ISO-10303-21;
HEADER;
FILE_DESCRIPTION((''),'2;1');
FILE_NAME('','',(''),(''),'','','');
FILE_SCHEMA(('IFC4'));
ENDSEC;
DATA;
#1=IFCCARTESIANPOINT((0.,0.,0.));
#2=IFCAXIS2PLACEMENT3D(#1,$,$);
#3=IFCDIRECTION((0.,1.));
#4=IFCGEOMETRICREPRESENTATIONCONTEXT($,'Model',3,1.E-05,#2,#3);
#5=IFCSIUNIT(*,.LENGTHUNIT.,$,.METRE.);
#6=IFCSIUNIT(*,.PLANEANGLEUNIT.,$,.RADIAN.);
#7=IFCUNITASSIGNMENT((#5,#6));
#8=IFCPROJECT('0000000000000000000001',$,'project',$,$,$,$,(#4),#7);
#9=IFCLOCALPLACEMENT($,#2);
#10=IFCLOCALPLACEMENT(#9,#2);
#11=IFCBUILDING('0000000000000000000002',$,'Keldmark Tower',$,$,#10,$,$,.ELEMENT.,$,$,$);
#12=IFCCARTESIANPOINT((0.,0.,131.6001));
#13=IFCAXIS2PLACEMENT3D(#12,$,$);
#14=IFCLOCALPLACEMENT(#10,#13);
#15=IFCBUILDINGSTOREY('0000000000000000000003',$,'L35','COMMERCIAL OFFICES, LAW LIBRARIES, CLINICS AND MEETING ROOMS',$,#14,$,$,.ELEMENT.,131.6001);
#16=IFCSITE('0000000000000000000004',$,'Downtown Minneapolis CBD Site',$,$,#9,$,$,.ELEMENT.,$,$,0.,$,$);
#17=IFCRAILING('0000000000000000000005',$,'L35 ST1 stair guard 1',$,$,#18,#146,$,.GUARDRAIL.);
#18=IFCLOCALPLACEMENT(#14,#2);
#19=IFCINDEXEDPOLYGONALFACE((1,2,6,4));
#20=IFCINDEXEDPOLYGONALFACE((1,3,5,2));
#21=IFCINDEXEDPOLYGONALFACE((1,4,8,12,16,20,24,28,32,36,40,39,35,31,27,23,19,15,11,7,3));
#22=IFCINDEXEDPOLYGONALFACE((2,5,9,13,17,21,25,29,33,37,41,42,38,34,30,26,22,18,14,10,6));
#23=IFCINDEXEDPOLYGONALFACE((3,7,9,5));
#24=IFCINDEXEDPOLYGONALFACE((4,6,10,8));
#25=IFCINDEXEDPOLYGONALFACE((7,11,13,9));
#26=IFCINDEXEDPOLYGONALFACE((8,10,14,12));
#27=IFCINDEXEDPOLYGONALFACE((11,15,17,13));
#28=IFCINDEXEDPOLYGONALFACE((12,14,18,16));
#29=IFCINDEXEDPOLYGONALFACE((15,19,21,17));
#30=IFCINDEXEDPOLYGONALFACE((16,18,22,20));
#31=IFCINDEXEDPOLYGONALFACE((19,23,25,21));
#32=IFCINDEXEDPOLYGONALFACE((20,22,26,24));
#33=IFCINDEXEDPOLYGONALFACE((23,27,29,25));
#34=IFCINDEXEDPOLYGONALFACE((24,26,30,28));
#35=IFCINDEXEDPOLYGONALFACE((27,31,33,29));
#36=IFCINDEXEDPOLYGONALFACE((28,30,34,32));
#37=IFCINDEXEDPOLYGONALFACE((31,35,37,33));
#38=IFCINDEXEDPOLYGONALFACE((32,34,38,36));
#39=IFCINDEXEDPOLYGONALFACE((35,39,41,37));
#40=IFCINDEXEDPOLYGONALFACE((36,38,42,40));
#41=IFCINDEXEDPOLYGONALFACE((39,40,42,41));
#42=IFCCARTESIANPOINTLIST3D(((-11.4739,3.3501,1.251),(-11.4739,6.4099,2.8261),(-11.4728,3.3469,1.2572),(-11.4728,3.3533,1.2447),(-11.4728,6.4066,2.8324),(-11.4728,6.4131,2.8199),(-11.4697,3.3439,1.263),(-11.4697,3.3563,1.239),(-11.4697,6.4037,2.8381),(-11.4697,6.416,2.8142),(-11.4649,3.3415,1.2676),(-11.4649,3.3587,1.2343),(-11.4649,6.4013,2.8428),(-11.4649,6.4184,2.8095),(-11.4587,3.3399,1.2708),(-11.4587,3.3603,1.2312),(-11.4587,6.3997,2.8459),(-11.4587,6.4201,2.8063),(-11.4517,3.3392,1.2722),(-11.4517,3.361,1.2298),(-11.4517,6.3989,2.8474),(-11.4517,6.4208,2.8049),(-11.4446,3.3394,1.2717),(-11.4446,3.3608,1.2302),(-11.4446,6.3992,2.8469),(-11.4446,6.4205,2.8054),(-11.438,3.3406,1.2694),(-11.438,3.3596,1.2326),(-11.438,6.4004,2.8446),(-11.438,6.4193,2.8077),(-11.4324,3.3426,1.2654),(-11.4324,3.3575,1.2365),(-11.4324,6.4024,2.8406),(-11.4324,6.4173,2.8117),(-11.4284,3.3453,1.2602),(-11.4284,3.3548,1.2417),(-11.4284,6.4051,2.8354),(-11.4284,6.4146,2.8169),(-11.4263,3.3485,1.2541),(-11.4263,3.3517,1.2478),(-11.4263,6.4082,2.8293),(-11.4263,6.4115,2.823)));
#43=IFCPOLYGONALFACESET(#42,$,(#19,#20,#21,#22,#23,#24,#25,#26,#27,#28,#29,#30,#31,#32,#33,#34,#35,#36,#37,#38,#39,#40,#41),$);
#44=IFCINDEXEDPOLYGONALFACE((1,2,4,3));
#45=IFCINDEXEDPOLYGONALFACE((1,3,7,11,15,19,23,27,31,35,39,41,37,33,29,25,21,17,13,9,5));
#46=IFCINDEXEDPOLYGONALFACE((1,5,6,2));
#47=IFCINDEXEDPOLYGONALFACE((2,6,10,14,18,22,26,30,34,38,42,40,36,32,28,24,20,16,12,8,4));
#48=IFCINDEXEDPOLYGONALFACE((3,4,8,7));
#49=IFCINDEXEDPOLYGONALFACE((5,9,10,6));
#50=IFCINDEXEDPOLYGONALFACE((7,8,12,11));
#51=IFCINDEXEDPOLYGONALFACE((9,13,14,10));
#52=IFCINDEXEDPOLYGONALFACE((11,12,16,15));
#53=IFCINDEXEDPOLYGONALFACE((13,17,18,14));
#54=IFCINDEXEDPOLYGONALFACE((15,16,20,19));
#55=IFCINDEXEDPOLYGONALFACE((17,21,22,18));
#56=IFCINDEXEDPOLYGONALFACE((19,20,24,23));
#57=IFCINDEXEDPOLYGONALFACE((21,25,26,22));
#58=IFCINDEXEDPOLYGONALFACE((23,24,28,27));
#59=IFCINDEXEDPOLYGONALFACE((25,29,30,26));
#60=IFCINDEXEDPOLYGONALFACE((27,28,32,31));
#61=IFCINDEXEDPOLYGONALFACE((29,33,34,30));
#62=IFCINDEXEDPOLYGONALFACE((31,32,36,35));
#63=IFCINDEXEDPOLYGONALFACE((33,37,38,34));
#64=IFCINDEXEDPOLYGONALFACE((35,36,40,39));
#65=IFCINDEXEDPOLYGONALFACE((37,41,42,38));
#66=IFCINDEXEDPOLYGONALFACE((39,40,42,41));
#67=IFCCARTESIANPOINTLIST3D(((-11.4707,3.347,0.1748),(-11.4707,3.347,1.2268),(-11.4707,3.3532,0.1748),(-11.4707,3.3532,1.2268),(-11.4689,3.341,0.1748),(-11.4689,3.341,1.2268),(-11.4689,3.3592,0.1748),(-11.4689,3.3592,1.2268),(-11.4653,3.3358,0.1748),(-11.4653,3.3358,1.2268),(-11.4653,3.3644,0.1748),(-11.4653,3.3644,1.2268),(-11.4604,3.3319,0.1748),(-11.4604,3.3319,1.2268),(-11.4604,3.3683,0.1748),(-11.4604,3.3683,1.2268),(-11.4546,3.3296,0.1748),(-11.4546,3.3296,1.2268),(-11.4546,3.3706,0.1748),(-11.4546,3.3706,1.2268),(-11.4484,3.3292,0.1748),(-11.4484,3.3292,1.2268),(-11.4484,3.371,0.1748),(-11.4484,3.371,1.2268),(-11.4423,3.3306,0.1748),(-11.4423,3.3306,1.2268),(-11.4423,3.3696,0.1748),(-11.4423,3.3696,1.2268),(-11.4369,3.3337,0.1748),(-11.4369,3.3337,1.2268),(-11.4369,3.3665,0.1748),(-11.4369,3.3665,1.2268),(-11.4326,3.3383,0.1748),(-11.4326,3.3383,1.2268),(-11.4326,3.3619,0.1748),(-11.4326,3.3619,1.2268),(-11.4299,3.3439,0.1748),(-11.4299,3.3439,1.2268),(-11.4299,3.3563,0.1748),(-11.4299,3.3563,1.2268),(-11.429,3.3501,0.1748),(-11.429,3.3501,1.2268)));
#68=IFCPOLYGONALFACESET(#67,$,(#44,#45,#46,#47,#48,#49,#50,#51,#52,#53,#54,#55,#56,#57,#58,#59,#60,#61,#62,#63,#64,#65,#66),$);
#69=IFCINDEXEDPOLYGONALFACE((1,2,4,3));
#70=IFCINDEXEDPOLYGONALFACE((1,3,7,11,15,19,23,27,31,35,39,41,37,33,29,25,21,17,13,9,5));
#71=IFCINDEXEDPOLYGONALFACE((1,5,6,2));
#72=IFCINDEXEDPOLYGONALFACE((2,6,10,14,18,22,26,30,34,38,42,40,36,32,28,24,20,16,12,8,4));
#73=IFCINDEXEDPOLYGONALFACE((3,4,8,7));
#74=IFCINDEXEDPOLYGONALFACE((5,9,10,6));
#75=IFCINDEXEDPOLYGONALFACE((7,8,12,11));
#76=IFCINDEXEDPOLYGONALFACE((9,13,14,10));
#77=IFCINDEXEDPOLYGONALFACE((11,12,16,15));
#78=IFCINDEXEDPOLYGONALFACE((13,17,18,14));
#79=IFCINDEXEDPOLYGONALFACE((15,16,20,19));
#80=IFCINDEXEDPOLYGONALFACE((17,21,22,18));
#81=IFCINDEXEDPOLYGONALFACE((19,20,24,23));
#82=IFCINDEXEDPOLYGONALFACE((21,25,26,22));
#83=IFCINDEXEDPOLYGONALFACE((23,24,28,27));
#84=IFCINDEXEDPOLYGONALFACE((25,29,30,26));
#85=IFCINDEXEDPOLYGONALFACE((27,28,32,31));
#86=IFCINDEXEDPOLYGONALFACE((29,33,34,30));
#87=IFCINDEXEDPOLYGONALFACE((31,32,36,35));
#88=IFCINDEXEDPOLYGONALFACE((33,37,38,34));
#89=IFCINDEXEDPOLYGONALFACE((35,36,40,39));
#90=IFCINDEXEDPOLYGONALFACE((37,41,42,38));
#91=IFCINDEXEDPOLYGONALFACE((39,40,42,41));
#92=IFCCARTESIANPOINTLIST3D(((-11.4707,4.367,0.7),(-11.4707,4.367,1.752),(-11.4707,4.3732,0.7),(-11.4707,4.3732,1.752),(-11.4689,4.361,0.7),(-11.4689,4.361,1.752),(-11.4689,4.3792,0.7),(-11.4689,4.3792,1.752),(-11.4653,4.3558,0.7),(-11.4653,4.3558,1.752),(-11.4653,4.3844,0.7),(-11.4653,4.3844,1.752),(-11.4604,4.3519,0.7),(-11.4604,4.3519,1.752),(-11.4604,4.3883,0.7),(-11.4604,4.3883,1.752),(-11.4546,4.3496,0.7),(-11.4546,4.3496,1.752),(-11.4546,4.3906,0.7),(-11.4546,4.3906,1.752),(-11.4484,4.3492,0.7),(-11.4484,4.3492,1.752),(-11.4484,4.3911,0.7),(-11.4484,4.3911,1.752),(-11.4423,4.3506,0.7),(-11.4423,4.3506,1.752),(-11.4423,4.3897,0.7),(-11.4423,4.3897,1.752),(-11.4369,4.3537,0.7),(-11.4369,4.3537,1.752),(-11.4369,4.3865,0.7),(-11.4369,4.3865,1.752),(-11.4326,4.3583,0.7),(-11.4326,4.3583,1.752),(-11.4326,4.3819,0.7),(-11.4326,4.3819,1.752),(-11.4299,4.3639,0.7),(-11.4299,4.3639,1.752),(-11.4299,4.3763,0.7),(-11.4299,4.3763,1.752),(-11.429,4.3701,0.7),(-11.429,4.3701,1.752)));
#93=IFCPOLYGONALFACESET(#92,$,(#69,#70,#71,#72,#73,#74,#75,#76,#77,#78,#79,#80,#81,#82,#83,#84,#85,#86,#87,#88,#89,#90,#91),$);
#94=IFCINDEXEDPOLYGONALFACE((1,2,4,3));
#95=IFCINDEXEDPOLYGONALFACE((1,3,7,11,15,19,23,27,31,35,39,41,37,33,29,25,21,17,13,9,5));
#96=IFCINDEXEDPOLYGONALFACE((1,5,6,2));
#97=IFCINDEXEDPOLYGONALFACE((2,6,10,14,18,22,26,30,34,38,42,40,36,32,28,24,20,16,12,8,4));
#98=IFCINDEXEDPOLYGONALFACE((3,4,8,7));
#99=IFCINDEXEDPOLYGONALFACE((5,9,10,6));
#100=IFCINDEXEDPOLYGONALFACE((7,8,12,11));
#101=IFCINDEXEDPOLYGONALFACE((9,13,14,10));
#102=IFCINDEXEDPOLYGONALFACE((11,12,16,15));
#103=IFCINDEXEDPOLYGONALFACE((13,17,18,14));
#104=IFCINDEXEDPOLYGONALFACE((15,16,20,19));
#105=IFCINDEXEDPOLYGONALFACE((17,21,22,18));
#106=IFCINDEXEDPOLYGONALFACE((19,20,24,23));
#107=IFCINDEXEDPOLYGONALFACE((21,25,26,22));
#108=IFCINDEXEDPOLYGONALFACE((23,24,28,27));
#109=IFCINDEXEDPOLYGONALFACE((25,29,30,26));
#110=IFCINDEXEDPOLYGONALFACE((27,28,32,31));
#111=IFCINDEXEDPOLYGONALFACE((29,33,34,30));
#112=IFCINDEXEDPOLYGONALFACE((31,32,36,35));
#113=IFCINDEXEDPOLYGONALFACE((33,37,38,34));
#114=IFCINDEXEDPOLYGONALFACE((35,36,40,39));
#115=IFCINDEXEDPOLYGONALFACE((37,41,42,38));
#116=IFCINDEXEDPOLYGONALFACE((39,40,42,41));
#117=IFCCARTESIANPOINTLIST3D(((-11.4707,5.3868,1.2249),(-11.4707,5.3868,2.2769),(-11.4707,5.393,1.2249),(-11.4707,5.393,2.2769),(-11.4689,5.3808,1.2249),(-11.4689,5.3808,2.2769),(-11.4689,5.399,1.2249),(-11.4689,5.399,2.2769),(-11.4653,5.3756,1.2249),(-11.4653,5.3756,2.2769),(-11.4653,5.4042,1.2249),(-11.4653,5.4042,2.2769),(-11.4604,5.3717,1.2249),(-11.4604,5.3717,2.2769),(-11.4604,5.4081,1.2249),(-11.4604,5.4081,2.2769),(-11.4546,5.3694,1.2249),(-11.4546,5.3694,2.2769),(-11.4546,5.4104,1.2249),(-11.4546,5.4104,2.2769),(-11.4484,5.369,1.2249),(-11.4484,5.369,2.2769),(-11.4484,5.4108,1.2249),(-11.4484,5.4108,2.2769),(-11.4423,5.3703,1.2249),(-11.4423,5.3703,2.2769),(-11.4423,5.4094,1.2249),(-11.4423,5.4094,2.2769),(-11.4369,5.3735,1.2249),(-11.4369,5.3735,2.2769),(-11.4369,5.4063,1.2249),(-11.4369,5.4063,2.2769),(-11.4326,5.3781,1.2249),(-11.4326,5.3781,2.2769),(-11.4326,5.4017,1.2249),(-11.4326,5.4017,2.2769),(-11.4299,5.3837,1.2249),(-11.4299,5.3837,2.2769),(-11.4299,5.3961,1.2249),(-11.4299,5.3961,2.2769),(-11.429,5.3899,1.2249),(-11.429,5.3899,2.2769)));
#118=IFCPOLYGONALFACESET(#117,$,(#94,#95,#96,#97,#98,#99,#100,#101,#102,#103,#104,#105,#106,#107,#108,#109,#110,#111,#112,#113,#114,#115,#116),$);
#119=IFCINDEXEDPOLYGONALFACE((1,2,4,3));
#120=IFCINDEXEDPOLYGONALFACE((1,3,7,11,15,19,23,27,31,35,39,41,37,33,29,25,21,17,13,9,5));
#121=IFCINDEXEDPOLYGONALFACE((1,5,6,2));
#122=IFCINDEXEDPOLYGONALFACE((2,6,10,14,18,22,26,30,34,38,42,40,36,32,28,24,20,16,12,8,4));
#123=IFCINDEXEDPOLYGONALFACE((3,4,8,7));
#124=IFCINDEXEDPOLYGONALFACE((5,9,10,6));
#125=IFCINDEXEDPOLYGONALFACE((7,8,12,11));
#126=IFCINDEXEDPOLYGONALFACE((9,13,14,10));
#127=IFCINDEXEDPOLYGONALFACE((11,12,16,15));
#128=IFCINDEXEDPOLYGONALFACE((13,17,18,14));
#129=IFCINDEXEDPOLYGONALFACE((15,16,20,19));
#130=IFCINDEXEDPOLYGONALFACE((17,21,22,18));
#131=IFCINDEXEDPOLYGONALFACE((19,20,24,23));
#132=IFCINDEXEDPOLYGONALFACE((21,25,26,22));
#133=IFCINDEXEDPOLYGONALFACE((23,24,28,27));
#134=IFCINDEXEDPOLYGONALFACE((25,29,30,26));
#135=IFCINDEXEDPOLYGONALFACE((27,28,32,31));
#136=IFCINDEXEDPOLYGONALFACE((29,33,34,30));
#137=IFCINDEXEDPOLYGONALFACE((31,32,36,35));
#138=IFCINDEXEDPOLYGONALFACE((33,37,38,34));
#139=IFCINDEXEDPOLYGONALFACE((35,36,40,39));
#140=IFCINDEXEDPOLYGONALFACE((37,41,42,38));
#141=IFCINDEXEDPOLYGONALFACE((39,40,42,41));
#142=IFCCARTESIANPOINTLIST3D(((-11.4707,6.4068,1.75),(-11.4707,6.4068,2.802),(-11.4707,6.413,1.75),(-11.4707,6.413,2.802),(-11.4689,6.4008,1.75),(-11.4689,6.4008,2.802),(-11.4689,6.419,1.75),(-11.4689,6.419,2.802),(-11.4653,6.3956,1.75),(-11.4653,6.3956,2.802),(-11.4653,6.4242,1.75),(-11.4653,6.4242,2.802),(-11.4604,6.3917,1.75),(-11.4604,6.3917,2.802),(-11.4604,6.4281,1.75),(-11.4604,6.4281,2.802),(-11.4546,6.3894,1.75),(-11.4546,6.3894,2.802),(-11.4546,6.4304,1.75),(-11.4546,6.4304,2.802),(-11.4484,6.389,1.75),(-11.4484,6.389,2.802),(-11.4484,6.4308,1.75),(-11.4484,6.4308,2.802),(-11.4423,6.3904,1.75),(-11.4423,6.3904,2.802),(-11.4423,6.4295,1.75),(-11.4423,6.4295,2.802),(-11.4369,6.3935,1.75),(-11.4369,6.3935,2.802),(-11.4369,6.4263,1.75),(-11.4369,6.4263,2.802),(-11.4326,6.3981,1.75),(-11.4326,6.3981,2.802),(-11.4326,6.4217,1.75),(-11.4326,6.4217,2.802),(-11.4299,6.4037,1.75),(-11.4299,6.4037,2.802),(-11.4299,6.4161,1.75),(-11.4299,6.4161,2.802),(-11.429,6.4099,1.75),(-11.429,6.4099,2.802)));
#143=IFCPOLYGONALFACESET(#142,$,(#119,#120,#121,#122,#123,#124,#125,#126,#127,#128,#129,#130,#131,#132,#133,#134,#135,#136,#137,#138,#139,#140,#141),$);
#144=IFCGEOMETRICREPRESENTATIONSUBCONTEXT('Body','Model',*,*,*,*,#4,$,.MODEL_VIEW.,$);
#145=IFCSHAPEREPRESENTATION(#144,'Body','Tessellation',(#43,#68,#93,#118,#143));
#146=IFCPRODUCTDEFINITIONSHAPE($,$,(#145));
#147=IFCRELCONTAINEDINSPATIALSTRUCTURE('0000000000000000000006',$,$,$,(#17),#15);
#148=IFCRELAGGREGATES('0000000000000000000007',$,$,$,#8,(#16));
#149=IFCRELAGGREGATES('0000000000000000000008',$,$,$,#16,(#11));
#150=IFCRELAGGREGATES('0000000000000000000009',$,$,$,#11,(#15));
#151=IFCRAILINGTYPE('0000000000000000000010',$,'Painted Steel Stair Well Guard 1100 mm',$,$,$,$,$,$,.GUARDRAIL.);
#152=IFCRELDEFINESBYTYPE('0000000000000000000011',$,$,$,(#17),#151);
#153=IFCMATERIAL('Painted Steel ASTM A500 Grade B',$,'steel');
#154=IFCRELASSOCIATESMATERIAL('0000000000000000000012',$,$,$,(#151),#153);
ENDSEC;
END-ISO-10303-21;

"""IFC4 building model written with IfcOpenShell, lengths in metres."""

from ifc_helpers import new_model, si_unit, direction, frame, origin, origin_2d, place, context, subcontext, project, spatial, circle, extrude, material, type_object, element, save


model = new_model("IFC4")

# Units and contexts
model_context = context("Model", 3, precision=1e-05, world=origin(), true_north=direction((0.0, 1.0)))
body_context = subcontext(model_context, "Body", "Model", "MODEL_VIEW")
ifc_project = project(units=[si_unit("LENGTHUNIT", "METRE"), si_unit("PLANEANGLEUNIT", "RADIAN")], contexts=[model_context])

# Site, building, storey
site_placement = place(None, origin())
site = spatial("IfcSite", under=ifc_project, at=site_placement, Name="Downtown Minneapolis CBD Site", CompositionType="ELEMENT", RefElevation=0.0)
building_placement = place(site_placement, origin())
building = spatial("IfcBuilding", under=site, at=building_placement, Name="Keldmark Tower", CompositionType="ELEMENT")
storey_placement = place(building_placement, frame((0.0, 0.0, 131.6001)))
storey = spatial("IfcBuildingStorey", under=building, at=storey_placement, Name="L35", Description="COMMERCIAL OFFICES, LAW LIBRARIES, CLINICS AND MEETING ROOMS", CompositionType="ELEMENT", Elevation=131.6001)

# Railing
ifc_material_1 = material(Name="Painted Steel ASTM A500 Grade B", Category="steel")
railing_type_1 = type_object("IfcRailingType", Name="Painted Steel Stair Well Guard 1100 mm", PredefinedType="GUARDRAIL", material=ifc_material_1)
railing_1_placement = place(storey_placement, frame((-11.45, 3.3501, 0.1748)))
element("IfcRailing", 1, at=railing_1_placement, inside=storey, type_object=railing_type_1, Name="L35 ST1 stair guard 1", PredefinedType="GUARDRAIL", context=body_context, shape_type="SweptSolid", body=[
    extrude(circle(Radius=0.0239, at=origin_2d()), frame((0.0, 0.0, 1.0762), z_axis=(0.0, 0.889101, 0.45771), x_axis=(-1.0, 0.0, 0.0)), (0.0, 0.0, 1.0), 3.4414),
    extrude(circle(Radius=0.021, at=origin_2d()), origin(), (0.0, 0.0, 1.0), 1.052),
    extrude(circle(Radius=0.021, at=origin_2d()), frame((0.0, 1.02, 0.5251)), (0.0, 0.0, 1.0), 1.052),
    extrude(circle(Radius=0.021, at=origin_2d()), frame((0.0, 2.0398, 1.05)), (0.0, 0.0, 1.0), 1.052),
    extrude(circle(Radius=0.021, at=origin_2d()), frame((0.0, 3.0598, 1.5752)), (0.0, 0.0, 1.0), 1.052),
])

save(model, "model.ifc")
